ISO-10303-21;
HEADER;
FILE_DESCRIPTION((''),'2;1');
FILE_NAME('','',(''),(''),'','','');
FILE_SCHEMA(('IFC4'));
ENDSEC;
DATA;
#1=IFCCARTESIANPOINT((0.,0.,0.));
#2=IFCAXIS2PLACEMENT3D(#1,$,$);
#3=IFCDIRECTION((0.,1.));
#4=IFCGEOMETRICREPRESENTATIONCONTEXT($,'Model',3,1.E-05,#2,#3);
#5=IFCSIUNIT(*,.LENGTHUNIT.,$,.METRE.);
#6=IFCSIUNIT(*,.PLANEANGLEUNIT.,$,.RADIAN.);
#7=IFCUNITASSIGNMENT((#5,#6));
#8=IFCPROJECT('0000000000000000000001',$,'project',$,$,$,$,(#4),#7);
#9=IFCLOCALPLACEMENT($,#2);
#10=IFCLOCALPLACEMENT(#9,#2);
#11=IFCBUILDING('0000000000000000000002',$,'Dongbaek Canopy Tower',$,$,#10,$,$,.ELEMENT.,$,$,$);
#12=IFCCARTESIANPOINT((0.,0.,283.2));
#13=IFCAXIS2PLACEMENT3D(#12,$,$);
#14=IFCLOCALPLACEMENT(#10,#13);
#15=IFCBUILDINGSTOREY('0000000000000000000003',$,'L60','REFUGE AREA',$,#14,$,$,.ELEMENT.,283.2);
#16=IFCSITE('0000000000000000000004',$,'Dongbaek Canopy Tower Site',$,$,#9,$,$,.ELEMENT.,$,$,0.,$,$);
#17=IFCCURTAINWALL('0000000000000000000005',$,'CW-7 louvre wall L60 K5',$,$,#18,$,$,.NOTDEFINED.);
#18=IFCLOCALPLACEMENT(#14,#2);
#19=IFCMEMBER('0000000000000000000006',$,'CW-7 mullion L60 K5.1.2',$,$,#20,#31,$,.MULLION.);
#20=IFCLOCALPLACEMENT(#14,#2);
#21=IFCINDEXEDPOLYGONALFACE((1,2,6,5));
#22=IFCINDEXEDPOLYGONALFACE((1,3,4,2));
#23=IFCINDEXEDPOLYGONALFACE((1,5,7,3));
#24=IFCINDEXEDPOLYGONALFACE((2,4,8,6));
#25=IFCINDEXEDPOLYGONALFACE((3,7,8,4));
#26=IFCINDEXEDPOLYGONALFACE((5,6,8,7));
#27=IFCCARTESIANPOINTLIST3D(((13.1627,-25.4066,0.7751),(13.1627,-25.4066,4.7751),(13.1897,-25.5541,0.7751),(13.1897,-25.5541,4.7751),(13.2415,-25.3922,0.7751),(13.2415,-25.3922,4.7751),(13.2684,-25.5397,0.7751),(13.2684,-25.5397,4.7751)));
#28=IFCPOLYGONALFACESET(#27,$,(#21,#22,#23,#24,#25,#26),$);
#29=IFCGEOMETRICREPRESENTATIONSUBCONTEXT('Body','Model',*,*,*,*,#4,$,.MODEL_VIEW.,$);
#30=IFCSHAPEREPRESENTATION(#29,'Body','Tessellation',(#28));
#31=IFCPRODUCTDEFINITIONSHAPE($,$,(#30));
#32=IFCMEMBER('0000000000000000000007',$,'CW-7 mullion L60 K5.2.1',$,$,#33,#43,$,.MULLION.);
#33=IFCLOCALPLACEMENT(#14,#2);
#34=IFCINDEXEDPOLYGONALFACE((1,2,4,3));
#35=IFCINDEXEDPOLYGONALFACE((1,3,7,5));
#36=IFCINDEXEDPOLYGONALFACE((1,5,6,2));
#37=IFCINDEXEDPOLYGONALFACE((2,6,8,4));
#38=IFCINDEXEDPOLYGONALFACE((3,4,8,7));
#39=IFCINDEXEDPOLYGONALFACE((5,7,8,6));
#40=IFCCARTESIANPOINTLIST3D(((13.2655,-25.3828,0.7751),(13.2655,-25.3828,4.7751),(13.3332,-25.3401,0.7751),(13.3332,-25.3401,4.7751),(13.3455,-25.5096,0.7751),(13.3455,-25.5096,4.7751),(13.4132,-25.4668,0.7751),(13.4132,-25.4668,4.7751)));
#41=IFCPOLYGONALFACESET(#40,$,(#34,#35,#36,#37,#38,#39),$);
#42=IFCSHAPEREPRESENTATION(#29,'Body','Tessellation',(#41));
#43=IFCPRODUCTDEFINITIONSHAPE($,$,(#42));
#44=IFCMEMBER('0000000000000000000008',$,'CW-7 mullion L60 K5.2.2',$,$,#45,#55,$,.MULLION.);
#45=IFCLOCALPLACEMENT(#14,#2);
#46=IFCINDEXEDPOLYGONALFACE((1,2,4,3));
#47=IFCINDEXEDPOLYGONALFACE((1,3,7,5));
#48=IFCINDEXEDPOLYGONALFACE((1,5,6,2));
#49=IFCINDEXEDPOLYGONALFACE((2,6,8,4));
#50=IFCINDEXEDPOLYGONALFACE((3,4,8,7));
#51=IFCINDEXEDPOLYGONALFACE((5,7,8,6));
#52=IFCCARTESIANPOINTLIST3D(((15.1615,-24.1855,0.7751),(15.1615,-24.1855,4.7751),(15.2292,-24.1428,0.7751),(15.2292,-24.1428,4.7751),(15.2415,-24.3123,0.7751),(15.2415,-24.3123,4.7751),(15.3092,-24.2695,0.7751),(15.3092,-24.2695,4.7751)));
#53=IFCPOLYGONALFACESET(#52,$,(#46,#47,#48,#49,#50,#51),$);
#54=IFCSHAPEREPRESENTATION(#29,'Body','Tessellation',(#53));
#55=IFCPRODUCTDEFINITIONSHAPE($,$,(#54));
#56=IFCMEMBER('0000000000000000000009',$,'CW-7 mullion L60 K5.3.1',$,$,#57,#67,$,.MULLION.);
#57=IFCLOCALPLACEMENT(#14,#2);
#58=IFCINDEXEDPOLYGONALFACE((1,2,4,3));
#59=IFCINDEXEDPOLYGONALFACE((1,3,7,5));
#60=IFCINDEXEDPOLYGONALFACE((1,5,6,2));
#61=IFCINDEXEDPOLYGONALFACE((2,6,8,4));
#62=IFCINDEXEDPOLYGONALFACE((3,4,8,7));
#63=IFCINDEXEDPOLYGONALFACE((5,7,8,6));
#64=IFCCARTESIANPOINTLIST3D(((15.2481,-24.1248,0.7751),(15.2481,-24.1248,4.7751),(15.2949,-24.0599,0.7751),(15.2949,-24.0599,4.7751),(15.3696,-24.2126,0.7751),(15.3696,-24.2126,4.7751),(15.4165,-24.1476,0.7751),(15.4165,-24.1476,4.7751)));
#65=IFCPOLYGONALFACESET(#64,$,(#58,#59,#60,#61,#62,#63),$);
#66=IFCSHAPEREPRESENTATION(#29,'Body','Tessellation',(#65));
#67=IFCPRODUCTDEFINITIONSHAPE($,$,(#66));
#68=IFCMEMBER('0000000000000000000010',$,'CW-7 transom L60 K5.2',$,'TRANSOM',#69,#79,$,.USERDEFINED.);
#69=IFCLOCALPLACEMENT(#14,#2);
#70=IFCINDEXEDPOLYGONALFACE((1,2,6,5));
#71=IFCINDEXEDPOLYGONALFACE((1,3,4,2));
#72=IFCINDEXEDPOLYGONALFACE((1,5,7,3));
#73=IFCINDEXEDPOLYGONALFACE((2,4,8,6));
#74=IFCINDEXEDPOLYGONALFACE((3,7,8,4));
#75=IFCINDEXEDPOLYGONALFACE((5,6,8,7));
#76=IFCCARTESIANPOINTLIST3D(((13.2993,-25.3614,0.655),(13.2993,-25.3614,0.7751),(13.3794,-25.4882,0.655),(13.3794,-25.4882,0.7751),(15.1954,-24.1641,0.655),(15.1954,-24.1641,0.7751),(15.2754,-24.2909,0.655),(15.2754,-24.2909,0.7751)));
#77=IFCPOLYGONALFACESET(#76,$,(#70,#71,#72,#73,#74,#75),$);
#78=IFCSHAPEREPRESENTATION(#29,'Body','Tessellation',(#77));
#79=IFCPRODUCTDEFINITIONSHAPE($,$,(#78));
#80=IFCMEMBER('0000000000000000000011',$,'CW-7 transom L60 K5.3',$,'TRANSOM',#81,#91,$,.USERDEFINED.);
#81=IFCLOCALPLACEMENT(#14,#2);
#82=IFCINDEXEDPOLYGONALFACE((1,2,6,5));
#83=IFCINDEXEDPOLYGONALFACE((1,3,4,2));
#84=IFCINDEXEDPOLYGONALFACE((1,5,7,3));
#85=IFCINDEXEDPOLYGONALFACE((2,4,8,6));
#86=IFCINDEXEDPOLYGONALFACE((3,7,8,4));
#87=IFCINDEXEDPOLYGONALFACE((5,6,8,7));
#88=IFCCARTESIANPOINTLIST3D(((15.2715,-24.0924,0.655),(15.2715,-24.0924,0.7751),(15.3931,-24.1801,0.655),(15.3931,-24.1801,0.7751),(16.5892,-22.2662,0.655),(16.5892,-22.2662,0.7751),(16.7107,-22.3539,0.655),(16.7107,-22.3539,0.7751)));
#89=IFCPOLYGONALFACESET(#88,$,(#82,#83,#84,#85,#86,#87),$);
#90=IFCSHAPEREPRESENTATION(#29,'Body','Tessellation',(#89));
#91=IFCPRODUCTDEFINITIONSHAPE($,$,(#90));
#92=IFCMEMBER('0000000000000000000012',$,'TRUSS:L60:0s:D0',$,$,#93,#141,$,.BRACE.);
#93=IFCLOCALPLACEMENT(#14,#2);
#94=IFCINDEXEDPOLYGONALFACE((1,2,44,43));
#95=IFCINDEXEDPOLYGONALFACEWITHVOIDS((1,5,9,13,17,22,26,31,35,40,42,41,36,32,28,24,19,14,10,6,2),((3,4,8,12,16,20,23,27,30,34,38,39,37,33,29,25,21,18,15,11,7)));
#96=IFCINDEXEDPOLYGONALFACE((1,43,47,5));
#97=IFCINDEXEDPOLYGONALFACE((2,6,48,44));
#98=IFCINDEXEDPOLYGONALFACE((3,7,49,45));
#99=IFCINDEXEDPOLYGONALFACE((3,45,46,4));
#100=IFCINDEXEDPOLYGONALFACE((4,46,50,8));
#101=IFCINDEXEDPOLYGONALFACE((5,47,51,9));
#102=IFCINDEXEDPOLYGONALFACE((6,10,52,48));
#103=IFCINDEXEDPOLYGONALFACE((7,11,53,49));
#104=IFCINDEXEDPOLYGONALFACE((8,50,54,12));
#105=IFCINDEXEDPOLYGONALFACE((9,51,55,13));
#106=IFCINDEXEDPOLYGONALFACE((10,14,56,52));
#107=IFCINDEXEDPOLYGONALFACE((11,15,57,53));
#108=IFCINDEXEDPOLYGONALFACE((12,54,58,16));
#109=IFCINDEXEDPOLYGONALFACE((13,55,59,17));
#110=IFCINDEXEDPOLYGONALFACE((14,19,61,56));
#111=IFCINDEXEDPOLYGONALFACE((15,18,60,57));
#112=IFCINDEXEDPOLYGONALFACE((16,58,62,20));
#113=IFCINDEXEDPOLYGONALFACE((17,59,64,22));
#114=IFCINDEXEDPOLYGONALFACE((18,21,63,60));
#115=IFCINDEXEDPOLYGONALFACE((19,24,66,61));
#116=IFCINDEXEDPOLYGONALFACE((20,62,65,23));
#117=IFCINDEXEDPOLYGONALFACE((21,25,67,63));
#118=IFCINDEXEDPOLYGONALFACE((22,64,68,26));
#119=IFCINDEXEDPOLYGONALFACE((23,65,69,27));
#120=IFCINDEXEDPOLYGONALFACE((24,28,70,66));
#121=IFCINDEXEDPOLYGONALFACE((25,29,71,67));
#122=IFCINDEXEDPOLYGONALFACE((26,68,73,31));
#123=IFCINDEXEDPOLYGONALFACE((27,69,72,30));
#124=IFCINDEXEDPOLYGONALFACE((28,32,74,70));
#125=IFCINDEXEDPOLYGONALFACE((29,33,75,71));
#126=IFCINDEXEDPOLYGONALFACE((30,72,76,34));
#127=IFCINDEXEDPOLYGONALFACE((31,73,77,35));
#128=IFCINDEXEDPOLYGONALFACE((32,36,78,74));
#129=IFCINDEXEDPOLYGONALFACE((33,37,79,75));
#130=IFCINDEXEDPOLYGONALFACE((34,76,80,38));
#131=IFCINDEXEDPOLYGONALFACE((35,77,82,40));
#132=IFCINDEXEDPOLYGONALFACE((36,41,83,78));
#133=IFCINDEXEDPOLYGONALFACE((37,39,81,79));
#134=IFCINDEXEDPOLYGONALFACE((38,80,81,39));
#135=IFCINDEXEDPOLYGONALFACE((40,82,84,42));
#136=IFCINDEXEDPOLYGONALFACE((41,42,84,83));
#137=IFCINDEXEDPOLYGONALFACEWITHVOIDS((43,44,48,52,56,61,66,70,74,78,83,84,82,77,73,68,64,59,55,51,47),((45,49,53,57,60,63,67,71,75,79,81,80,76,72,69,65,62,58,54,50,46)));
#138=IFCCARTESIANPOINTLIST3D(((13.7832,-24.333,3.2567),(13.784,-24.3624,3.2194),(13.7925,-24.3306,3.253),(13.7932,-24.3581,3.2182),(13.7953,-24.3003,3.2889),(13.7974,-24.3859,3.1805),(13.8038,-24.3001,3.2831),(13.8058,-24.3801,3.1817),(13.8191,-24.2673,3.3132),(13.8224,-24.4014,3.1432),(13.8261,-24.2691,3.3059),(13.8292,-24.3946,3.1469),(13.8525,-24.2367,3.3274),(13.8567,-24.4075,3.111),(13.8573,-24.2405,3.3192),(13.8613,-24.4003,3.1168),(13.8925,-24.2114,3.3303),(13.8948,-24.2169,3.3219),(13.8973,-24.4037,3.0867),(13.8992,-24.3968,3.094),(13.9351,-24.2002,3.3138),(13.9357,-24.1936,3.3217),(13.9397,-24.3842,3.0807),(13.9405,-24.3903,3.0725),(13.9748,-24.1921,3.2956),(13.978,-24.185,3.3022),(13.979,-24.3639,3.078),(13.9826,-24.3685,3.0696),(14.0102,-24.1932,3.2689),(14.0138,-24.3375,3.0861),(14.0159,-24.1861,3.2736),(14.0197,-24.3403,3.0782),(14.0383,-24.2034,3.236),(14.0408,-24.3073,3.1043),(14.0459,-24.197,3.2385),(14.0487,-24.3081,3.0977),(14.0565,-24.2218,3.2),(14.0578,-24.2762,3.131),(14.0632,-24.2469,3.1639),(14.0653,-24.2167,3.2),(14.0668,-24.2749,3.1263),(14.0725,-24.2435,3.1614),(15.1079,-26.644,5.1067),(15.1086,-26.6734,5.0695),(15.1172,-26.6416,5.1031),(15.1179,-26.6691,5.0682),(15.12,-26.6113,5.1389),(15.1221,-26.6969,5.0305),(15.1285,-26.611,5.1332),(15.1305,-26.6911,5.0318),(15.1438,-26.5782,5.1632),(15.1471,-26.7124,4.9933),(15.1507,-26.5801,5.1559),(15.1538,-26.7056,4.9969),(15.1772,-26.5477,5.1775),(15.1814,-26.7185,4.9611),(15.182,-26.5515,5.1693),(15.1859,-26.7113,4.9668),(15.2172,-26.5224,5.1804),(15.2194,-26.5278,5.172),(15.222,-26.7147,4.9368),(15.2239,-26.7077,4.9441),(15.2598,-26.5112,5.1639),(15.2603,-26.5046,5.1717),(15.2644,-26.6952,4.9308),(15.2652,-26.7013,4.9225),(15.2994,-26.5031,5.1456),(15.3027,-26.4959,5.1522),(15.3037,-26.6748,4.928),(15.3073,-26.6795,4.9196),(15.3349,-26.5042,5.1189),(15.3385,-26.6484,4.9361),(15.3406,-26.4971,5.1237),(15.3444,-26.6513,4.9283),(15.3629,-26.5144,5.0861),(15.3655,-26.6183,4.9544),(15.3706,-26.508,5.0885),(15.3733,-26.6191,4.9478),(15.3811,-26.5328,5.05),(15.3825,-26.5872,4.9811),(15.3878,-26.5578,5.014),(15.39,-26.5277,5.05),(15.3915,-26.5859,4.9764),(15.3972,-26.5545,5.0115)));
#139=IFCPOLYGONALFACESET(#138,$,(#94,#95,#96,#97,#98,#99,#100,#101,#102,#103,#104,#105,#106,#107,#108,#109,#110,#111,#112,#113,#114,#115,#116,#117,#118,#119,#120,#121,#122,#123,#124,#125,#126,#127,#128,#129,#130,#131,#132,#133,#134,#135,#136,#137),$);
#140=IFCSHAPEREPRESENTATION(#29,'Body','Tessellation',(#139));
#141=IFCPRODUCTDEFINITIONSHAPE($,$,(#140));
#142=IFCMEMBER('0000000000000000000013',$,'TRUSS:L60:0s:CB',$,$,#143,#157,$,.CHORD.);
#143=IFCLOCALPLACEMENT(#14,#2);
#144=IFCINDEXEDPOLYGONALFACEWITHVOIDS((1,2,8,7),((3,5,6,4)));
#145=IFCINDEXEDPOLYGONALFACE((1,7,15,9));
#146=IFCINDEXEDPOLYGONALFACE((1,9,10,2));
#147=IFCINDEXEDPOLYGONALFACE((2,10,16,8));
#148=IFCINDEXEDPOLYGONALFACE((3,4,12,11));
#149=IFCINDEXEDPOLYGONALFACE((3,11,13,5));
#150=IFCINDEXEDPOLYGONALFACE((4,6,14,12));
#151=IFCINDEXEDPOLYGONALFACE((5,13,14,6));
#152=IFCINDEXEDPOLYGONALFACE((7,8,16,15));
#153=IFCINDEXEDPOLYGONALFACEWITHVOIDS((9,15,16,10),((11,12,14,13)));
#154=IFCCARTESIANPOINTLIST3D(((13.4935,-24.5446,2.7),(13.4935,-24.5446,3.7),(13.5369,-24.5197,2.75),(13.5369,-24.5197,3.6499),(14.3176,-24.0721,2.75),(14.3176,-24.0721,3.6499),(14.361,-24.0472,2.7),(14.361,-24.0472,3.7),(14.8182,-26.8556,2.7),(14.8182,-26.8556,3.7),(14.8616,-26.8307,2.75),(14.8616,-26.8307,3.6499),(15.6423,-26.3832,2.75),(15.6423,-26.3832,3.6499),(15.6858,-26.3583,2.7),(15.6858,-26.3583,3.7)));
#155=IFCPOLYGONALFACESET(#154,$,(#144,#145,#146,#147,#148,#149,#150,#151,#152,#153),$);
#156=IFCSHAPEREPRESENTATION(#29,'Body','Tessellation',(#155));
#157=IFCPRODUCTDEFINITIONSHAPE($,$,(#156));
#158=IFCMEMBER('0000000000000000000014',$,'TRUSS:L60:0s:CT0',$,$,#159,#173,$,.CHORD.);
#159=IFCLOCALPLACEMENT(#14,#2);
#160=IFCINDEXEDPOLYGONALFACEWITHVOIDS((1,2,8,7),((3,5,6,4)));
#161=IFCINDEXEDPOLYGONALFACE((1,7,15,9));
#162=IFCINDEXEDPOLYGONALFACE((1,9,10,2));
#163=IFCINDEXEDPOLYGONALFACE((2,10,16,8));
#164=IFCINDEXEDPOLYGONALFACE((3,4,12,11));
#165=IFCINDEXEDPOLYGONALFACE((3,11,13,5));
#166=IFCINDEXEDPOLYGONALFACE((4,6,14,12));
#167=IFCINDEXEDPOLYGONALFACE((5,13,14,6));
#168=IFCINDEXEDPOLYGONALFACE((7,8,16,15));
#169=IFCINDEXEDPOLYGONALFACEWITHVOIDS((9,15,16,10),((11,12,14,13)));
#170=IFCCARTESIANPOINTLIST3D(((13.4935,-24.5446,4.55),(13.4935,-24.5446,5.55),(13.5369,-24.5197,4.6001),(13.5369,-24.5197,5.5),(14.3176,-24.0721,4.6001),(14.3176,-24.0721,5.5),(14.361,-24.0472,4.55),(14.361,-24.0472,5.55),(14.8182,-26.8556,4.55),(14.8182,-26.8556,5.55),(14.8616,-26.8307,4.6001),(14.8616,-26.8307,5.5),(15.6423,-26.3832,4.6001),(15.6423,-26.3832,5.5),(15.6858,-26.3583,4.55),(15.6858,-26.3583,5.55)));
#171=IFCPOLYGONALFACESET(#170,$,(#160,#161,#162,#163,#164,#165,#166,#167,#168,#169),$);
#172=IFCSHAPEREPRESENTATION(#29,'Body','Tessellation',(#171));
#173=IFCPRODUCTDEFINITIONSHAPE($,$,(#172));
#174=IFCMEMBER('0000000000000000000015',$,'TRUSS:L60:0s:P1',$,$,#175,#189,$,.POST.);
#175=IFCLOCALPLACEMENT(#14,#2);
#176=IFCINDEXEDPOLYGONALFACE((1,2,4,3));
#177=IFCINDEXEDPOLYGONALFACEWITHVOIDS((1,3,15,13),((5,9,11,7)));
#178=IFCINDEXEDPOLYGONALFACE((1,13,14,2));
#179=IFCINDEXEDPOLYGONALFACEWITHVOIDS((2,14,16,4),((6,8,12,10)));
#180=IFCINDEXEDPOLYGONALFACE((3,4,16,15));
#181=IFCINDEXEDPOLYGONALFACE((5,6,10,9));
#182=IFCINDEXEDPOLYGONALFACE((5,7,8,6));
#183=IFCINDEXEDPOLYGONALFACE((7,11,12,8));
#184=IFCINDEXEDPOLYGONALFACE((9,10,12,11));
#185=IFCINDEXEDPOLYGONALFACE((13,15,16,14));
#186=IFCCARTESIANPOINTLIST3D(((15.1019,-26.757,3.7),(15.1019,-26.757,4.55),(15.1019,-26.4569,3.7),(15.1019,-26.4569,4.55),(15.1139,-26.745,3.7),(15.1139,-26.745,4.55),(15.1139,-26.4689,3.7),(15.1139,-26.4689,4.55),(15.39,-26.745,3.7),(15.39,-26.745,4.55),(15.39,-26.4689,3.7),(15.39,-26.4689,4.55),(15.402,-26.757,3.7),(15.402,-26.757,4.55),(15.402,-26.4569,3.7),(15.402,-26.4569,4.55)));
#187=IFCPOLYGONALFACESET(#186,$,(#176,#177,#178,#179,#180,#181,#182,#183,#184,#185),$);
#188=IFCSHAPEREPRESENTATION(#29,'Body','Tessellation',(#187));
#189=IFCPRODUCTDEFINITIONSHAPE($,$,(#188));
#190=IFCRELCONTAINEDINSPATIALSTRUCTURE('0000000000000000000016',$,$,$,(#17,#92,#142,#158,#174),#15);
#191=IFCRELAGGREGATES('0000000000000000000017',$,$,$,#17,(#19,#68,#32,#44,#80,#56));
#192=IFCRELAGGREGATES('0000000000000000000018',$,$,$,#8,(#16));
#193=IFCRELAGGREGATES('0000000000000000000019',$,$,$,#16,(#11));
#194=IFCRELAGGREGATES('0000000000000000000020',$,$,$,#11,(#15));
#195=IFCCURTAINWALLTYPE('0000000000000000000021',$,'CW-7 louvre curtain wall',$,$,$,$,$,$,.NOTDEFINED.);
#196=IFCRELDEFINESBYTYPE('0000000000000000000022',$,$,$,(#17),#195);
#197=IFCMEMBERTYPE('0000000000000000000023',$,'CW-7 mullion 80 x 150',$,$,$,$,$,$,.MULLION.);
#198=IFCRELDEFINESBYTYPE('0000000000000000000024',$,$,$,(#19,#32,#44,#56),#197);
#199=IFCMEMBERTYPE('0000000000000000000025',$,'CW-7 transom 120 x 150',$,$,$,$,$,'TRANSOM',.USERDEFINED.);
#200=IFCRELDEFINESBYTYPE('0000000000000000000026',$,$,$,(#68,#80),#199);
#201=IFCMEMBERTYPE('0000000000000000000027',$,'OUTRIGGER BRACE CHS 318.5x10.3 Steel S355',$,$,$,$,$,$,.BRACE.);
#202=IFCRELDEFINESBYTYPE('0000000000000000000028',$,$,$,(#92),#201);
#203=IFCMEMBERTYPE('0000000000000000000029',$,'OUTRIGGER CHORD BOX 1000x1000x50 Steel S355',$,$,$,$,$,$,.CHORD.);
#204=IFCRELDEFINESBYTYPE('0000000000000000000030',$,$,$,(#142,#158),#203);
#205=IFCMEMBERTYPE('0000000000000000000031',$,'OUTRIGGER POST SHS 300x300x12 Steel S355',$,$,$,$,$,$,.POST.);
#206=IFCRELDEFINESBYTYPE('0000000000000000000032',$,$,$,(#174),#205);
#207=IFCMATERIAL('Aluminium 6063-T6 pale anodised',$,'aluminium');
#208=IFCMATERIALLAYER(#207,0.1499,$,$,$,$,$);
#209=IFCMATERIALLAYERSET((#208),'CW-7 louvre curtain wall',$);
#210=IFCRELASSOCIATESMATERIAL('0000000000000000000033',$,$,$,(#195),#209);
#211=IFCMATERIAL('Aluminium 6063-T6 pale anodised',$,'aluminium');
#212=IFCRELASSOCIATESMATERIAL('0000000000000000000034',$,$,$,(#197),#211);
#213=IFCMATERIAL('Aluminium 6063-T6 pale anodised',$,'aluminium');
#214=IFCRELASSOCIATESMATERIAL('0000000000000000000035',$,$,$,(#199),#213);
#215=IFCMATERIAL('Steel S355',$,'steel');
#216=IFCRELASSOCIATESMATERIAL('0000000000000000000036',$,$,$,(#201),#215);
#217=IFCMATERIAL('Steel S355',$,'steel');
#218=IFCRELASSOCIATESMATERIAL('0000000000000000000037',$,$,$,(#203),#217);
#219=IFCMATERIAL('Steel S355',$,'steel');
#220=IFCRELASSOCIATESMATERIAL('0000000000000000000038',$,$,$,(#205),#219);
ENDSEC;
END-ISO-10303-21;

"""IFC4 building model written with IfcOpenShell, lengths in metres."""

from ifc_helpers import new_model, si_unit, direction, frame, origin, origin_2d, place, context, subcontext, project, spatial, rectangle, hollow_rectangle, hollow_circle, extrude, material, layer, layer_set, material_profile, profile_set, type_object, element, aggregate, save


model = new_model("IFC4")

# Units and contexts
model_context = context("Model", 3, precision=1e-05, world=origin(), true_north=direction((0.0, 1.0)))
body_context = subcontext(model_context, "Body", "Model", "MODEL_VIEW")
ifc_project = project(units=[si_unit("LENGTHUNIT", "METRE"), si_unit("PLANEANGLEUNIT", "RADIAN")], contexts=[model_context])

# Site, building, storey
site_placement = place(None, origin())
site = spatial("IfcSite", under=ifc_project, at=site_placement, Name="Dongbaek Canopy Tower Site", CompositionType="ELEMENT", RefElevation=0.0)
building_placement = place(site_placement, origin())
building = spatial("IfcBuilding", under=site, at=building_placement, Name="Dongbaek Canopy Tower", CompositionType="ELEMENT")
storey_placement = place(building_placement, frame((0.0, 0.0, 283.2)))
storey = spatial("IfcBuildingStorey", under=building, at=storey_placement, Name="L60", Description="REFUGE AREA", CompositionType="ELEMENT", Elevation=283.2)

# Curtain wall, members
ifc_material_1 = material(Name="Aluminium 6063-T6 pale anodised", Category="aluminium")
ifc_layer_1 = layer(ifc_material_1, 0.1499)
ifc_layer_set_1 = layer_set([ifc_layer_1], Name="CW-7 louvre curtain wall")
curtain_wall_type = type_object("IfcCurtainWallType", Name="CW-7 louvre curtain wall", PredefinedType="NOTDEFINED", material=ifc_layer_set_1)
curtain_wall_placement = place(storey_placement, origin())
curtain_wall = element("IfcCurtainWall", 1, at=curtain_wall_placement, inside=storey, type_object=curtain_wall_type, Name="CW-7 louvre wall L60 K5", PredefinedType="NOTDEFINED")
ifc_material_2 = material(Name="Aluminium 6063-T6 pale anodised", Category="aluminium")
ifc_material_profile_1 = material_profile(ifc_material_2, rectangle(XDim=0.1499, YDim=0.0801, at=origin_2d()), Name="CW-7 mullion 80 x 150")
ifc_profile_set_1 = profile_set([ifc_material_profile_1], Name="Aluminium 6063-T6 pale anodised")
member_type_1 = type_object("IfcMemberType", Name="CW-7 mullion 80 x 150", PredefinedType="MULLION", material=ifc_profile_set_1)
member_1_placement = place(storey_placement, frame((13.2156, -25.4731, 0.7751), z_axis=(0.0, 0.0, 1.0), x_axis=(0.179807, -0.983702, 0.0)))
member_1 = element("IfcMember", 2, at=member_1_placement, type_object=member_type_1, Name="CW-7 mullion L60 K5.1.2", PredefinedType="MULLION", context=body_context, shape_type="SweptSolid", body=[
    extrude(rectangle(XDim=0.1499, YDim=0.0801, at=origin_2d()), origin(), (0.0, 0.0, 1.0), 4.0),
])
member_2_placement = place(storey_placement, frame((13.3394, -25.4248, 0.7751), z_axis=(0.0, 0.0, 1.0), x_axis=(0.533965, -0.845507, 0.0)))
member_2 = element("IfcMember", 3, at=member_2_placement, type_object=member_type_1, Name="CW-7 mullion L60 K5.2.1", PredefinedType="MULLION", context=body_context, shape_type="SweptSolid", body=[
    extrude(rectangle(XDim=0.1499, YDim=0.0801, at=origin_2d()), origin(), (0.0, 0.0, 1.0), 4.0),
])
member_3_placement = place(storey_placement, frame((15.2354, -24.2275, 0.7751), z_axis=(0.0, 0.0, 1.0), x_axis=(0.533965, -0.845507, 0.0)))
member_3 = element("IfcMember", 4, at=member_3_placement, type_object=member_type_1, Name="CW-7 mullion L60 K5.2.2", PredefinedType="MULLION", context=body_context, shape_type="SweptSolid", body=[
    extrude(rectangle(XDim=0.1499, YDim=0.0801, at=origin_2d()), origin(), (0.0, 0.0, 1.0), 4.0),
])
member_4_placement = place(storey_placement, frame((15.3323, -24.1362, 0.7751), z_axis=(0.0, 0.0, 1.0), x_axis=(0.81095, -0.585115, 0.0)))
member_4 = element("IfcMember", 5, at=member_4_placement, type_object=member_type_1, Name="CW-7 mullion L60 K5.3.1", PredefinedType="MULLION", context=body_context, shape_type="SweptSolid", body=[
    extrude(rectangle(XDim=0.1499, YDim=0.0801, at=origin_2d()), origin(), (0.0, 0.0, 1.0), 4.0),
])
ifc_material_3 = material(Name="Aluminium 6063-T6 pale anodised", Category="aluminium")
ifc_material_profile_2 = material_profile(ifc_material_3, rectangle(XDim=0.1499, YDim=0.1201, at=origin_2d()), Name="CW-7 transom 120 x 150")
ifc_profile_set_2 = profile_set([ifc_material_profile_2], Name="Aluminium 6063-T6 pale anodised")
member_type_2 = type_object("IfcMemberType", Name="CW-7 transom 120 x 150", ElementType="TRANSOM", PredefinedType="USERDEFINED", material=ifc_profile_set_2)
member_5_placement = place(storey_placement, frame((13.3394, -25.4248, 0.7151), z_axis=(0.84553, 0.533927, 0.0), x_axis=(-0.533927, 0.84553, 0.0)))
member_5 = element("IfcMember", 6, at=member_5_placement, type_object=member_type_2, Name="CW-7 transom L60 K5.2", ObjectType="TRANSOM", PredefinedType="USERDEFINED", context=body_context, shape_type="SweptSolid", body=[
    extrude(rectangle(XDim=0.1499, YDim=0.1201, at=origin_2d()), origin(), (0.0, 0.0, 1.0), 2.2424),
])
member_6_placement = place(storey_placement, frame((15.3323, -24.1362, 0.7151), z_axis=(0.585118, 0.810948, 0.0), x_axis=(-0.810948, 0.585118, 0.0)))
member_6 = element("IfcMember", 7, at=member_6_placement, type_object=member_type_2, Name="CW-7 transom L60 K5.3", ObjectType="TRANSOM", PredefinedType="USERDEFINED", context=body_context, shape_type="SweptSolid", body=[
    extrude(rectangle(XDim=0.1499, YDim=0.1201, at=origin_2d()), origin(), (0.0, 0.0, 1.0), 2.252),
])

# Members
ifc_material_4 = material(Name="Steel S355", Category="steel")
ifc_material_profile_3 = material_profile(ifc_material_4, hollow_circle(Radius=0.1592, WallThickness=0.0103, at=origin_2d()), Name="OUTRIGGER BRACE CHS 318.5x10.3 Steel S355")
ifc_profile_set_3 = profile_set([ifc_material_profile_3], Name="Steel S355")
member_type_3 = type_object("IfcMemberType", Name="OUTRIGGER BRACE CHS 318.5x10.3 Steel S355", PredefinedType="BRACE", material=ifc_profile_set_3)
member_7_placement = place(storey_placement, frame((13.9272, -24.2959, 3.2), z_axis=(0.408452, -0.71257, 0.570448), x_axis=(0.867577, 0.497303, 0.0)))
element("IfcMember", 8, at=member_7_placement, inside=storey, type_object=member_type_3, Name="TRUSS:L60:0s:D0", PredefinedType="BRACE", context=body_context, shape_type="SweptSolid", body=[
    extrude(hollow_circle(Radius=0.1592, WallThickness=0.0103, at=origin_2d()), origin(), (0.0, 0.0, 1.0), 3.2432),
])
ifc_material_5 = material(Name="Steel S355", Category="steel")
ifc_material_profile_4 = material_profile(ifc_material_5, hollow_rectangle(XDim=1.0, YDim=1.0, WallThickness=0.05, at=origin_2d()), Name="OUTRIGGER CHORD BOX 1000x1000x50 Steel S355")
ifc_profile_set_4 = profile_set([ifc_material_profile_4], Name="Steel S355")
member_type_4 = type_object("IfcMemberType", Name="OUTRIGGER CHORD BOX 1000x1000x50 Steel S355", PredefinedType="CHORD", material=ifc_profile_set_4)
for number, where, z_axis, x_axis, name in (
    (9, (13.9272, -24.2959, 3.2), (0.497303, -0.867577, 0.0), (0.867577, 0.497303, 0.0), "TRUSS:L60:0s:CB"),
    (10, (13.9272, -24.2959, 5.05), (0.497303, -0.867577, 0.0), (0.867577, 0.497303, 0.0), "TRUSS:L60:0s:CT0"),
):
    element("IfcMember", number, at=place(storey_placement, frame(where, z_axis=z_axis, x_axis=x_axis)), inside=storey, type_object=member_type_4, Name=name, PredefinedType="CHORD", context=body_context, shape_type="SweptSolid", body=[
        extrude(hollow_rectangle(XDim=1.0, YDim=1.0, WallThickness=0.05, at=origin_2d()), origin(), (0.0, 0.0, 1.0), 2.6638),
    ])
ifc_material_6 = material(Name="Steel S355", Category="steel")
ifc_material_profile_5 = material_profile(ifc_material_6, hollow_rectangle(XDim=0.3, YDim=0.3, WallThickness=0.012, at=origin_2d()), Name="OUTRIGGER POST SHS 300x300x12 Steel S355")
ifc_profile_set_5 = profile_set([ifc_material_profile_5], Name="Steel S355")
member_type_5 = type_object("IfcMemberType", Name="OUTRIGGER POST SHS 300x300x12 Steel S355", PredefinedType="POST", material=ifc_profile_set_5)
member_8_placement = place(storey_placement, frame((15.252, -26.6069, 3.7), z_axis=(0.0, 0.0, 1.0), x_axis=(1.0, 0.0, 0.0)))
element("IfcMember", 11, at=member_8_placement, inside=storey, type_object=member_type_5, Name="TRUSS:L60:0s:P1", PredefinedType="POST", context=body_context, shape_type="SweptSolid", body=[
    extrude(hollow_rectangle(XDim=0.3, YDim=0.3, WallThickness=0.012, at=origin_2d()), origin(), (0.0, 0.0, 1.0), 0.8501),
])

aggregate(curtain_wall, [member_1, member_5, member_2, member_3, member_6, member_4])

save(model, "model.ifc")
